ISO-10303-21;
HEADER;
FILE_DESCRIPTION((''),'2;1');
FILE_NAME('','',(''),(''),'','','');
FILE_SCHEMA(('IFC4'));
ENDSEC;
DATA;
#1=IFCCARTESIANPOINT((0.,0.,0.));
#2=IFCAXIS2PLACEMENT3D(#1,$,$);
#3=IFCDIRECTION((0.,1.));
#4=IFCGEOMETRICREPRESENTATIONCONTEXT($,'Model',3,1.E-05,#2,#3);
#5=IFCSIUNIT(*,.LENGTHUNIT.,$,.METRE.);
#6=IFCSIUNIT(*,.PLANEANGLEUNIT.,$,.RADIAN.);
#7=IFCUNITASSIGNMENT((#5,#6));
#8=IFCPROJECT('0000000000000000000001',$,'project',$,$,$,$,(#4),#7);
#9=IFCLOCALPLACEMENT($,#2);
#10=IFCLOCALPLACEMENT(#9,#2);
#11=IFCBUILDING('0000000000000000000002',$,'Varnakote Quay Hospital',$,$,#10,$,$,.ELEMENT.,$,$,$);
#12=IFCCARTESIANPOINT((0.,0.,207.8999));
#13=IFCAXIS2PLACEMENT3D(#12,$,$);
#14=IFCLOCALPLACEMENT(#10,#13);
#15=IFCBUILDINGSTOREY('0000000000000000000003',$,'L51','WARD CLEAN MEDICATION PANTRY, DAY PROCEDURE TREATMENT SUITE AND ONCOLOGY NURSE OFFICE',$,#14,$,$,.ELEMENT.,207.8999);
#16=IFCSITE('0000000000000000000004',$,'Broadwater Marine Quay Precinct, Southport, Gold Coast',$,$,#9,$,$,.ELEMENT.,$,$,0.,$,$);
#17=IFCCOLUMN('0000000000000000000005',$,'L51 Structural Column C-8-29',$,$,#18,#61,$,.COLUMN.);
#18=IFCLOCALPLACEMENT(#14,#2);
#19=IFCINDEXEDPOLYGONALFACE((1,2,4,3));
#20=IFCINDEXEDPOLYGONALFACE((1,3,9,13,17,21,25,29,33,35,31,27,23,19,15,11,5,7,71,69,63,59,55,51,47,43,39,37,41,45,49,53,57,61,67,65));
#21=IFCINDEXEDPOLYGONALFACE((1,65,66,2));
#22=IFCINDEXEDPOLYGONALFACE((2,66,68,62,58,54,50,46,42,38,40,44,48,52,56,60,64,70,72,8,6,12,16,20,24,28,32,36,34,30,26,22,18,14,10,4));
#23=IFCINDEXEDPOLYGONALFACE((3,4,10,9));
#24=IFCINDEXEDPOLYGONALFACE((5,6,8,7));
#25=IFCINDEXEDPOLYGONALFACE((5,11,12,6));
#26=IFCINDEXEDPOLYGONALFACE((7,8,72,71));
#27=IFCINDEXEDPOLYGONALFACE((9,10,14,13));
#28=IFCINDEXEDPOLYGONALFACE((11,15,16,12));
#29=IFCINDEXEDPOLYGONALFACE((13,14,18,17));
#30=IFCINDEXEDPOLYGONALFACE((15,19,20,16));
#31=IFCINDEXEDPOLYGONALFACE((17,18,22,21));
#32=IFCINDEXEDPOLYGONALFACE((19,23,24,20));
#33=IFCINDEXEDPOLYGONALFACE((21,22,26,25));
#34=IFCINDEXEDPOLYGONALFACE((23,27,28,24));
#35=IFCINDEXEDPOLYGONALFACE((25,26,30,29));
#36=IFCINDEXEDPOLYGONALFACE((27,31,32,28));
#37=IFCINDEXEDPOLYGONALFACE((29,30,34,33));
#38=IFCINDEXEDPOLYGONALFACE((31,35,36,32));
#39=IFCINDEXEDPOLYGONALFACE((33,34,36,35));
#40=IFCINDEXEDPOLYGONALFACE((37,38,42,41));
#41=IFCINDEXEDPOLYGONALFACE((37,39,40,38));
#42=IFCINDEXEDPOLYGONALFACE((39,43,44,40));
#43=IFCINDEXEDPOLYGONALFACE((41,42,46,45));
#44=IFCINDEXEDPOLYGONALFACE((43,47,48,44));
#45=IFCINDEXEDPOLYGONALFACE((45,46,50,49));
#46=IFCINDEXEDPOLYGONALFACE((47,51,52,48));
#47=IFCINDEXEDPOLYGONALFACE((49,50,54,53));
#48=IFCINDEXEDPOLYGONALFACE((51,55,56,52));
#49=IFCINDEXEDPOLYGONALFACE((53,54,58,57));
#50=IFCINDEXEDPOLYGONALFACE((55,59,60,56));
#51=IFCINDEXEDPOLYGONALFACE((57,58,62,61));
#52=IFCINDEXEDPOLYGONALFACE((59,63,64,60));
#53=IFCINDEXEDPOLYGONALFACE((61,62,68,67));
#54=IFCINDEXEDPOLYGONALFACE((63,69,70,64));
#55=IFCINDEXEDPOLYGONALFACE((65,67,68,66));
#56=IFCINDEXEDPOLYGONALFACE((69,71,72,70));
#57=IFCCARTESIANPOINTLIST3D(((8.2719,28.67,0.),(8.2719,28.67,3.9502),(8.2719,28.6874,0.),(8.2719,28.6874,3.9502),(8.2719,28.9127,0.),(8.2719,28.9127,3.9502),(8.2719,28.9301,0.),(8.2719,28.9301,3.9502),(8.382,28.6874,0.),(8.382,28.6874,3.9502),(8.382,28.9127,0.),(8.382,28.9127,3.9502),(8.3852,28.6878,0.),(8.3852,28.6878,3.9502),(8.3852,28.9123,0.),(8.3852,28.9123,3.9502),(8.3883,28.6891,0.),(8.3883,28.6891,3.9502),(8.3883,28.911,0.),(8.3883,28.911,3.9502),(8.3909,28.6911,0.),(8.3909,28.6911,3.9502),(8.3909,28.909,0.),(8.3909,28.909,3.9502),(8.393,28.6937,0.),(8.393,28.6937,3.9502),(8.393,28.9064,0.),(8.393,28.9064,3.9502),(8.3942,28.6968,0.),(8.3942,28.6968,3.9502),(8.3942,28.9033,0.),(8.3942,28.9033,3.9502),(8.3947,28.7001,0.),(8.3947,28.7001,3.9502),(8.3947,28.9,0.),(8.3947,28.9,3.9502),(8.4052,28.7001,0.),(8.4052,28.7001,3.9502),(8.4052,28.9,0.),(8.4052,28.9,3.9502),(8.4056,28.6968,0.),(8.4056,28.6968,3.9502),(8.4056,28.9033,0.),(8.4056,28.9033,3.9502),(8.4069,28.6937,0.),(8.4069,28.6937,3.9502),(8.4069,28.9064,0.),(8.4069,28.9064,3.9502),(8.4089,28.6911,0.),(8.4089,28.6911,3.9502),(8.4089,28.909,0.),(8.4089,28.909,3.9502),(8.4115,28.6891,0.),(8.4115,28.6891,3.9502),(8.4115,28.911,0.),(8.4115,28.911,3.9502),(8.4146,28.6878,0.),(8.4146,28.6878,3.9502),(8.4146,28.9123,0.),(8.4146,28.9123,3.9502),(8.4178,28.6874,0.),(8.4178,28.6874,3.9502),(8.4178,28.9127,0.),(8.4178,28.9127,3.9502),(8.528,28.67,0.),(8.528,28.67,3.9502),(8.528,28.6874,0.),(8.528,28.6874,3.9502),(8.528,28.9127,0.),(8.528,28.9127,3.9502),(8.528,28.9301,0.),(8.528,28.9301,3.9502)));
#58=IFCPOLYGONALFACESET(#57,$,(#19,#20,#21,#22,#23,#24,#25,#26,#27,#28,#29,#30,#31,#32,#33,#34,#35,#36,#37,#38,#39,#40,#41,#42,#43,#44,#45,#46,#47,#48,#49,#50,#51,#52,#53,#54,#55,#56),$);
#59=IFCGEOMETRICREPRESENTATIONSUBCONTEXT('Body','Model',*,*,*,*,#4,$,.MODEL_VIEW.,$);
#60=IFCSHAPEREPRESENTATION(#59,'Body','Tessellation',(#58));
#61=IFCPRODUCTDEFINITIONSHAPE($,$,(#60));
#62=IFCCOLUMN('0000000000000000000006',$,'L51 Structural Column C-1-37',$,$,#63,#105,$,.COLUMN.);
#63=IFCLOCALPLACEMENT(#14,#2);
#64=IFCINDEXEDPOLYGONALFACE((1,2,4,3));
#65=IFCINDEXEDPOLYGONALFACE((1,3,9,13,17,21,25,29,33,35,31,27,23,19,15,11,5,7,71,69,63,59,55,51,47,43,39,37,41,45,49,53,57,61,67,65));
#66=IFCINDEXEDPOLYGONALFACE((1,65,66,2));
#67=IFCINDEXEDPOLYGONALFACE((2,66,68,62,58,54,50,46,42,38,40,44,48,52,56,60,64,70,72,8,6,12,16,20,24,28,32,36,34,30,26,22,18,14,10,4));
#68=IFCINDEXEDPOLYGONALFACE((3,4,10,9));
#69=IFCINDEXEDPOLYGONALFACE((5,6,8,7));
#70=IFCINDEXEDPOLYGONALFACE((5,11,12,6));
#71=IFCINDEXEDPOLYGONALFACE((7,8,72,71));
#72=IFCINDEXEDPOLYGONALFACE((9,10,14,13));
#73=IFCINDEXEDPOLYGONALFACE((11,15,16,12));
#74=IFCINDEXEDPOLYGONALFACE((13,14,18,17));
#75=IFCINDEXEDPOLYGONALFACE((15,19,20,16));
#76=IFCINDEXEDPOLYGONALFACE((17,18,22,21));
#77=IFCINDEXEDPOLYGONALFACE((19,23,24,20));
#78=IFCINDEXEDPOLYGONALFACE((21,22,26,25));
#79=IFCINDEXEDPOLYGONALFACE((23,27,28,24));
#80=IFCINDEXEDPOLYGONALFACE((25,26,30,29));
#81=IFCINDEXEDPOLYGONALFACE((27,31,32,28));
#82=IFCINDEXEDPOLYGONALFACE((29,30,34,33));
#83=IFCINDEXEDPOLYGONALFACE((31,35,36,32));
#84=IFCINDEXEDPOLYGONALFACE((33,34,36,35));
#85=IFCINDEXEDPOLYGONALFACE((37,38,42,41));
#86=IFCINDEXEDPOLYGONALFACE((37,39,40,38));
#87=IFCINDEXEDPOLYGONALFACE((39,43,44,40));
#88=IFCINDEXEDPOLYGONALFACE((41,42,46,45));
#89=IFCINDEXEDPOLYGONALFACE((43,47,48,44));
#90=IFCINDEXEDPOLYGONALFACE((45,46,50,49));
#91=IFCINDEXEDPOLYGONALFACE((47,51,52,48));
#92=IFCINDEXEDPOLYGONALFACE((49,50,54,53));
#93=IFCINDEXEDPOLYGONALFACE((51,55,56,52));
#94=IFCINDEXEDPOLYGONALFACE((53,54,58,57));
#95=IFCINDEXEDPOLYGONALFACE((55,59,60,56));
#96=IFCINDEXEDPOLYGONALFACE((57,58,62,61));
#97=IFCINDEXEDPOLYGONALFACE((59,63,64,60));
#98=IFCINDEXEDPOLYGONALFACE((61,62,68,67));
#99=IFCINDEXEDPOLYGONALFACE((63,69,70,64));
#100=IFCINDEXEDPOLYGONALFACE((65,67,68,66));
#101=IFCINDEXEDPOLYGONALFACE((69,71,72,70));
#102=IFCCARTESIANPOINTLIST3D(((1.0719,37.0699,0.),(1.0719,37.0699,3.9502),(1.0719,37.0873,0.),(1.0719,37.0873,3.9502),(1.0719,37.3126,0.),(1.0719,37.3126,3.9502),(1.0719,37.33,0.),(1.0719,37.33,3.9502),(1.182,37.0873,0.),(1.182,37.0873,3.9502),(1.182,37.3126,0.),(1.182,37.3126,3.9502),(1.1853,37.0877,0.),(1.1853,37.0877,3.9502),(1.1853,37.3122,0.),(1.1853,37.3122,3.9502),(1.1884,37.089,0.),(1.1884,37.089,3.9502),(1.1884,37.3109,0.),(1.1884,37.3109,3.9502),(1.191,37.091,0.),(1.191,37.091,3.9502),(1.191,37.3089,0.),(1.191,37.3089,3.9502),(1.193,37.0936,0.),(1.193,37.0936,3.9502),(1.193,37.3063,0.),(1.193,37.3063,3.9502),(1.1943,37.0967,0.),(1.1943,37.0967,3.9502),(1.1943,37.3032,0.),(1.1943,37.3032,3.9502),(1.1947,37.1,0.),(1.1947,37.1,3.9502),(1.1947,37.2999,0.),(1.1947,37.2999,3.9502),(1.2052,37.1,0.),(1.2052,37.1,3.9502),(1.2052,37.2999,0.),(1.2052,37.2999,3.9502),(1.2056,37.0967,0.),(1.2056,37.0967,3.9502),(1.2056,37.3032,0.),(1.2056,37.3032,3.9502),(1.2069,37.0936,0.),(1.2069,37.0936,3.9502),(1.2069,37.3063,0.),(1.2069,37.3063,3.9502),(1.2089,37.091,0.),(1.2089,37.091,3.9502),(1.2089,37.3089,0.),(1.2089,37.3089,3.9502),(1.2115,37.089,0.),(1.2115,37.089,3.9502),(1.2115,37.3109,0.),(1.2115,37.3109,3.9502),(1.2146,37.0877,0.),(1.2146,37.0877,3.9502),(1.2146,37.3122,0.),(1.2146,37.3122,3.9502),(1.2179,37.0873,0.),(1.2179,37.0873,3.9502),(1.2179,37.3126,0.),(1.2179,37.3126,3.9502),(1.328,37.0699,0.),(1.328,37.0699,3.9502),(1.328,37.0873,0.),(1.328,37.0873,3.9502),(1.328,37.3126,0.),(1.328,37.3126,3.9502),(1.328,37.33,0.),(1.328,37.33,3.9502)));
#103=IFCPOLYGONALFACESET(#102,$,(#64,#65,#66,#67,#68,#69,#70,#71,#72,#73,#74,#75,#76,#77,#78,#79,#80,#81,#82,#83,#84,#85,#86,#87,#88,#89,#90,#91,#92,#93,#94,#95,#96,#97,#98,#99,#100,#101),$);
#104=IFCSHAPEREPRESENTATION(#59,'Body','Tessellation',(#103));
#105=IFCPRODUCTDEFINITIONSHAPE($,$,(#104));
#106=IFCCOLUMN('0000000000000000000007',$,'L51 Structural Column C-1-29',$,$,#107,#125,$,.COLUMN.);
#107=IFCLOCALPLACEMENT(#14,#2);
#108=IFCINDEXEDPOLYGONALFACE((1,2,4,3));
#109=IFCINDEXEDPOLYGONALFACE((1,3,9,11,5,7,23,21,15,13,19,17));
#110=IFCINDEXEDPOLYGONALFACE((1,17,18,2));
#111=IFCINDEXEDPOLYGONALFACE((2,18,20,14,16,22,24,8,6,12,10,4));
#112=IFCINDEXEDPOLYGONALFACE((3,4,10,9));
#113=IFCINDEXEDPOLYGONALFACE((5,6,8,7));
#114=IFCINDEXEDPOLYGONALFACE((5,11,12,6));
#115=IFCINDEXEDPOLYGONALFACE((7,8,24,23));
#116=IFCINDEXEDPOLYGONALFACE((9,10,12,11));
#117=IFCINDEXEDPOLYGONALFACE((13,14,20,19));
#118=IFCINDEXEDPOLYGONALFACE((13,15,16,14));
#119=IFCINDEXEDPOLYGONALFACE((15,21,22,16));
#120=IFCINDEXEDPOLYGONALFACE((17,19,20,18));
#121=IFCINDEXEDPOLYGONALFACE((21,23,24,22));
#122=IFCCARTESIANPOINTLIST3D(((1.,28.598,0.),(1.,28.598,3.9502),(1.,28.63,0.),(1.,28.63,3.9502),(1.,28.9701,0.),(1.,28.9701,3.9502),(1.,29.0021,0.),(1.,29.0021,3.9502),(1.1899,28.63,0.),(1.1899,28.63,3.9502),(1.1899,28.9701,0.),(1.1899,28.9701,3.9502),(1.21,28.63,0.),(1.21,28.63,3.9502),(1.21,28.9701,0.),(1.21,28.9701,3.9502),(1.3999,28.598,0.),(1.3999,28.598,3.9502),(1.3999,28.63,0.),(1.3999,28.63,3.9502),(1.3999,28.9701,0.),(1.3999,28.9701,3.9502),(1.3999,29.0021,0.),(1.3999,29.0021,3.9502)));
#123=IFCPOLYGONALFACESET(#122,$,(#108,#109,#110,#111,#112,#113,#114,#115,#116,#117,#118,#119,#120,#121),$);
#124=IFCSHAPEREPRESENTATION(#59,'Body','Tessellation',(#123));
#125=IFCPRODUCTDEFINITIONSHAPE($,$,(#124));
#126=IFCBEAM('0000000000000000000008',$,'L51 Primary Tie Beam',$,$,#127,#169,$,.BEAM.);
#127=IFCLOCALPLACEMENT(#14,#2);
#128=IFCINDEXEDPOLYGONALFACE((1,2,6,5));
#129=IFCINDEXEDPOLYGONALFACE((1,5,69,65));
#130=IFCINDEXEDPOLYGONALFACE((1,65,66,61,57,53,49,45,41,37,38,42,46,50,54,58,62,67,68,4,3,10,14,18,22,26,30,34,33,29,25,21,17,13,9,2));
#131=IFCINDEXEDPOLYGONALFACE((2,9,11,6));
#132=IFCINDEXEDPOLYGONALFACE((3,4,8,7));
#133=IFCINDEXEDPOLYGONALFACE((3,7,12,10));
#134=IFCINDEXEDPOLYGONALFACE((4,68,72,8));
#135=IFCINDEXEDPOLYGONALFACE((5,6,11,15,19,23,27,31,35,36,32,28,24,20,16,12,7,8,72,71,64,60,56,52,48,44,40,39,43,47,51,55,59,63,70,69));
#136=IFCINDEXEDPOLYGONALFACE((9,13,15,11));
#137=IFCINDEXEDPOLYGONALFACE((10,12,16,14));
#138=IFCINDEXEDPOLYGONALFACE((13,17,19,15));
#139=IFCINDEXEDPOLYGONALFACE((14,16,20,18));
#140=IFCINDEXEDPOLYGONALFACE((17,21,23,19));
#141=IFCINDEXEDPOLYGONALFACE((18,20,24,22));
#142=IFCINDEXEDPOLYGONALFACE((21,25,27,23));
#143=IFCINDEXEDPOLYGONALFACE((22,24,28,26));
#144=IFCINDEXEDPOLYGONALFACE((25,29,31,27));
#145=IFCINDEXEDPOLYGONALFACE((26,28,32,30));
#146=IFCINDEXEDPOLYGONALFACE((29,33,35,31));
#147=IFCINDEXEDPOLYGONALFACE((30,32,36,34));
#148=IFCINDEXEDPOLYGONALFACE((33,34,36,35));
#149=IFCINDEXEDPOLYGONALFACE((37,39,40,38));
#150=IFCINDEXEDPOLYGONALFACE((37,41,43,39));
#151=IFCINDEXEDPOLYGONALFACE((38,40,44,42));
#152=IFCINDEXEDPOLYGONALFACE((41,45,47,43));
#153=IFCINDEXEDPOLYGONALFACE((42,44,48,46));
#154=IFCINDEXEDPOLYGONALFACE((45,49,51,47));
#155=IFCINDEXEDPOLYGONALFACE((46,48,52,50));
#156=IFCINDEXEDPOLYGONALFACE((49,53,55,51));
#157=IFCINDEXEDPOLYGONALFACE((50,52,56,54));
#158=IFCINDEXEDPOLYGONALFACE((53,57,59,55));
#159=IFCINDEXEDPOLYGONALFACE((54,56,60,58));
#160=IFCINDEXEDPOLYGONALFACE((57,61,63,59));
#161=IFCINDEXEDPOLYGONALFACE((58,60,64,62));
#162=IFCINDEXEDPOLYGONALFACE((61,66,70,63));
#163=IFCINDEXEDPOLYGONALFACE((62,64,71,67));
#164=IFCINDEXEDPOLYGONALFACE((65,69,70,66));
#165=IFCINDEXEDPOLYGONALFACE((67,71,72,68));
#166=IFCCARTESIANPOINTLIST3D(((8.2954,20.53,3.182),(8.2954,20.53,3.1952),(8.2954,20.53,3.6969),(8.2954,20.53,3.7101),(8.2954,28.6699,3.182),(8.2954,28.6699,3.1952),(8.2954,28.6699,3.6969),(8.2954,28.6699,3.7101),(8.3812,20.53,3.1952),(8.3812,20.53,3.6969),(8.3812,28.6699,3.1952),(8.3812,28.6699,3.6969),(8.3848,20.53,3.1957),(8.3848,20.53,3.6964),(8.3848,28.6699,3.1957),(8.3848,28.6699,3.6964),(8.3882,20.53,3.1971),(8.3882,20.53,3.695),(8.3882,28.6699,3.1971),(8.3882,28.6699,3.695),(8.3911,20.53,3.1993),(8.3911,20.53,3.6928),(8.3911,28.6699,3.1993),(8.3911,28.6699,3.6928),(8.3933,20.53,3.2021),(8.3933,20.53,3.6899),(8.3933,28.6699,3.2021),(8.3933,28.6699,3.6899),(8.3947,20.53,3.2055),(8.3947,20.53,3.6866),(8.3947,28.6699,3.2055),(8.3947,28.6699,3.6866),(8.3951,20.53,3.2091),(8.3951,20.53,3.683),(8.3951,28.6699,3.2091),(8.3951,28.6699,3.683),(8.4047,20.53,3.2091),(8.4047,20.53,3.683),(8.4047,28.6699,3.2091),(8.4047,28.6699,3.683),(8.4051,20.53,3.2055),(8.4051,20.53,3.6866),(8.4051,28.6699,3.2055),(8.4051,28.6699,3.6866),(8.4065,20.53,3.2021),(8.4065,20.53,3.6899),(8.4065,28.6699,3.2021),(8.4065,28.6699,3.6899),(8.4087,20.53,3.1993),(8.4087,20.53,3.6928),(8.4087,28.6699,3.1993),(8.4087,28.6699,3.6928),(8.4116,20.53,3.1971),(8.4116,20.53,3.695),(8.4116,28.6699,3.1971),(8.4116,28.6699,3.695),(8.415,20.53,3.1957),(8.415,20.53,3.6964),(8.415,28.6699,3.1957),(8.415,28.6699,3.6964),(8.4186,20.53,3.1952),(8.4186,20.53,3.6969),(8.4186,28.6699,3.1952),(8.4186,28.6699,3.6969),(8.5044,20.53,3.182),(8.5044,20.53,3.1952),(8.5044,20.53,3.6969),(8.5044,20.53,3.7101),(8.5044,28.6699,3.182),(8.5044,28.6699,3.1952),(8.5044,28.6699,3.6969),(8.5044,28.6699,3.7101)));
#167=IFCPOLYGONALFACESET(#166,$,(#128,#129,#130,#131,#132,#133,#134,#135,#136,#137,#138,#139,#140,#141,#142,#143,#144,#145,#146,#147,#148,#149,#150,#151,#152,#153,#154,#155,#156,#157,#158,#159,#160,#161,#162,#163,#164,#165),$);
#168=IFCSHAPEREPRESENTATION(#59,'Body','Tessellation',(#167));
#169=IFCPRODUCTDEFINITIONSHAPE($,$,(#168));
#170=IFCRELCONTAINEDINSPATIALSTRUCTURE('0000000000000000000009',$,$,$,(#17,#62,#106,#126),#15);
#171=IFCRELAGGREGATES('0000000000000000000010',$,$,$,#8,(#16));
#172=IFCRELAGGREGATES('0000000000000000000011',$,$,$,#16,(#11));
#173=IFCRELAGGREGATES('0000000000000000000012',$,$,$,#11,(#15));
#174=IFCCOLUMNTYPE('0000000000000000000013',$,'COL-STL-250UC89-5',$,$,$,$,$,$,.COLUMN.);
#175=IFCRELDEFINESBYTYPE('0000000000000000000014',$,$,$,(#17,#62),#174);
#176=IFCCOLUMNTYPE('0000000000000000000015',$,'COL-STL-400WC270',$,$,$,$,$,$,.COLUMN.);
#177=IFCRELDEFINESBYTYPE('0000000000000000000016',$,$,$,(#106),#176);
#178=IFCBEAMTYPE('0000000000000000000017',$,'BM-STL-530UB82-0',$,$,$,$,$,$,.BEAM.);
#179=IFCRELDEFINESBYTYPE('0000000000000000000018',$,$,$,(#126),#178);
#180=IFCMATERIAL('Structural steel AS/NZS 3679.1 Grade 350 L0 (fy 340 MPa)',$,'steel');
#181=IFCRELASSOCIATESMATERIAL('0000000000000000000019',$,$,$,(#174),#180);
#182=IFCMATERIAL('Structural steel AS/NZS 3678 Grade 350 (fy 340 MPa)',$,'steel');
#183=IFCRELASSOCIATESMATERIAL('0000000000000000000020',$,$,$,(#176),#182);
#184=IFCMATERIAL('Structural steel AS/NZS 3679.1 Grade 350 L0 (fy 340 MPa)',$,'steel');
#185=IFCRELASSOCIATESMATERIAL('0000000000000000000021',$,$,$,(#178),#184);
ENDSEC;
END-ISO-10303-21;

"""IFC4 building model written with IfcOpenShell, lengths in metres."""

from ifc_helpers import new_model, si_unit, direction, frame, origin, origin_2d, place, context, subcontext, project, spatial, i_section, extrude, material, material_profile, profile_set, type_object, element, save


model = new_model("IFC4")

# Units and contexts
model_context = context("Model", 3, precision=1e-05, world=origin(), true_north=direction((0.0, 1.0)))
body_context = subcontext(model_context, "Body", "Model", "MODEL_VIEW")
ifc_project = project(units=[si_unit("LENGTHUNIT", "METRE"), si_unit("PLANEANGLEUNIT", "RADIAN")], contexts=[model_context])

# Site, building, storey
site_placement = place(None, origin())
site = spatial("IfcSite", under=ifc_project, at=site_placement, Name="Broadwater Marine Quay Precinct, Southport, Gold Coast", CompositionType="ELEMENT", RefElevation=0.0)
building_placement = place(site_placement, origin())
building = spatial("IfcBuilding", under=site, at=building_placement, Name="Varnakote Quay Hospital", CompositionType="ELEMENT")
storey_placement = place(building_placement, frame((0.0, 0.0, 207.8999)))
storey = spatial("IfcBuildingStorey", under=building, at=storey_placement, Name="L51", Description="WARD CLEAN MEDICATION PANTRY, DAY PROCEDURE TREATMENT SUITE AND ONCOLOGY NURSE OFFICE", CompositionType="ELEMENT", Elevation=207.8999)

# Columns
ifc_material_1 = material(Name="Structural steel AS/NZS 3679.1 Grade 350 L0 (fy 340 MPa)", Category="steel")
ifc_material_profile_1 = material_profile(ifc_material_1, i_section(OverallWidth=0.2561, OverallDepth=0.26, WebThickness=0.0105, FlangeThickness=0.0173, FilletRadius=0.0127, at=origin_2d()), Name="250UC89.5")
ifc_profile_set_1 = profile_set([ifc_material_profile_1], Name="Structural steel AS/NZS 3679.1 Grade 350 L0 (fy 340 MPa)")
column_type_1 = type_object("IfcColumnType", Name="COL-STL-250UC89-5", PredefinedType="COLUMN", material=ifc_profile_set_1)
for number, where, z_axis, x_axis, name in (
    (1, (8.3999, 28.8, 0.0), (0.0, 0.0, 1.0), (1.0, 0.0, 0.0), "L51 Structural Column C-8-29"),
    (2, (1.2, 37.2, 0.0), (0.0, 0.0, 1.0), (1.0, 0.0, 0.0), "L51 Structural Column C-1-37"),
):
    element("IfcColumn", number, at=place(storey_placement, frame(where, z_axis=z_axis, x_axis=x_axis)), inside=storey, type_object=column_type_1, Name=name, PredefinedType="COLUMN", context=body_context, shape_type="SweptSolid", body=[
        extrude(i_section(OverallWidth=0.2561, OverallDepth=0.26, WebThickness=0.0105, FlangeThickness=0.0173, FilletRadius=0.0127, at=origin_2d()), origin(), (0.0, 0.0, 1.0), 3.9502),
    ])
ifc_material_2 = material(Name="Structural steel AS/NZS 3678 Grade 350 (fy 340 MPa)", Category="steel")
ifc_material_profile_2 = material_profile(ifc_material_2, i_section(OverallWidth=0.3999, OverallDepth=0.4041, WebThickness=0.02, FlangeThickness=0.032, at=origin_2d()), Name="400WC270")
ifc_profile_set_2 = profile_set([ifc_material_profile_2], Name="Structural steel AS/NZS 3678 Grade 350 (fy 340 MPa)")
column_type_2 = type_object("IfcColumnType", Name="COL-STL-400WC270", PredefinedType="COLUMN", material=ifc_profile_set_2)
column_placement = place(storey_placement, frame((1.2, 28.8, 0.0), z_axis=(0.0, 0.0, 1.0), x_axis=(1.0, 0.0, 0.0)))
element("IfcColumn", 3, at=column_placement, inside=storey, type_object=column_type_2, Name="L51 Structural Column C-1-29", PredefinedType="COLUMN", context=body_context, shape_type="SweptSolid", body=[
    extrude(i_section(OverallWidth=0.3999, OverallDepth=0.4041, WebThickness=0.02, FlangeThickness=0.032, at=origin_2d()), origin(), (0.0, 0.0, 1.0), 3.9502),
])

# Beam
ifc_material_3 = material(Name="Structural steel AS/NZS 3679.1 Grade 350 L0 (fy 340 MPa)", Category="steel")
ifc_material_profile_3 = material_profile(ifc_material_3, i_section(OverallWidth=0.209, OverallDepth=0.5281, WebThickness=0.0095, FlangeThickness=0.0132, FilletRadius=0.0139, at=origin_2d()), Name="530UB82.0")
ifc_profile_set_3 = profile_set([ifc_material_profile_3], Name="Structural steel AS/NZS 3679.1 Grade 350 L0 (fy 340 MPa)")
beam_type_1 = type_object("IfcBeamType", Name="BM-STL-530UB82-0", PredefinedType="BEAM", material=ifc_profile_set_3)
beam_1_placement = place(storey_placement, frame((8.3999, 20.53, 3.446), z_axis=(0.0, 1.0, 0.0), x_axis=(-1.0, 0.0, 0.0)))
element("IfcBeam", 4, at=beam_1_placement, inside=storey, type_object=beam_type_1, Name="L51 Primary Tie Beam", PredefinedType="BEAM", context=body_context, shape_type="SweptSolid", body=[
    extrude(i_section(OverallWidth=0.209, OverallDepth=0.5281, WebThickness=0.0095, FlangeThickness=0.0132, FilletRadius=0.0139, at=origin_2d()), origin(), (0.0, 0.0, 1.0), 8.1399),
])

save(model, "model.ifc")
